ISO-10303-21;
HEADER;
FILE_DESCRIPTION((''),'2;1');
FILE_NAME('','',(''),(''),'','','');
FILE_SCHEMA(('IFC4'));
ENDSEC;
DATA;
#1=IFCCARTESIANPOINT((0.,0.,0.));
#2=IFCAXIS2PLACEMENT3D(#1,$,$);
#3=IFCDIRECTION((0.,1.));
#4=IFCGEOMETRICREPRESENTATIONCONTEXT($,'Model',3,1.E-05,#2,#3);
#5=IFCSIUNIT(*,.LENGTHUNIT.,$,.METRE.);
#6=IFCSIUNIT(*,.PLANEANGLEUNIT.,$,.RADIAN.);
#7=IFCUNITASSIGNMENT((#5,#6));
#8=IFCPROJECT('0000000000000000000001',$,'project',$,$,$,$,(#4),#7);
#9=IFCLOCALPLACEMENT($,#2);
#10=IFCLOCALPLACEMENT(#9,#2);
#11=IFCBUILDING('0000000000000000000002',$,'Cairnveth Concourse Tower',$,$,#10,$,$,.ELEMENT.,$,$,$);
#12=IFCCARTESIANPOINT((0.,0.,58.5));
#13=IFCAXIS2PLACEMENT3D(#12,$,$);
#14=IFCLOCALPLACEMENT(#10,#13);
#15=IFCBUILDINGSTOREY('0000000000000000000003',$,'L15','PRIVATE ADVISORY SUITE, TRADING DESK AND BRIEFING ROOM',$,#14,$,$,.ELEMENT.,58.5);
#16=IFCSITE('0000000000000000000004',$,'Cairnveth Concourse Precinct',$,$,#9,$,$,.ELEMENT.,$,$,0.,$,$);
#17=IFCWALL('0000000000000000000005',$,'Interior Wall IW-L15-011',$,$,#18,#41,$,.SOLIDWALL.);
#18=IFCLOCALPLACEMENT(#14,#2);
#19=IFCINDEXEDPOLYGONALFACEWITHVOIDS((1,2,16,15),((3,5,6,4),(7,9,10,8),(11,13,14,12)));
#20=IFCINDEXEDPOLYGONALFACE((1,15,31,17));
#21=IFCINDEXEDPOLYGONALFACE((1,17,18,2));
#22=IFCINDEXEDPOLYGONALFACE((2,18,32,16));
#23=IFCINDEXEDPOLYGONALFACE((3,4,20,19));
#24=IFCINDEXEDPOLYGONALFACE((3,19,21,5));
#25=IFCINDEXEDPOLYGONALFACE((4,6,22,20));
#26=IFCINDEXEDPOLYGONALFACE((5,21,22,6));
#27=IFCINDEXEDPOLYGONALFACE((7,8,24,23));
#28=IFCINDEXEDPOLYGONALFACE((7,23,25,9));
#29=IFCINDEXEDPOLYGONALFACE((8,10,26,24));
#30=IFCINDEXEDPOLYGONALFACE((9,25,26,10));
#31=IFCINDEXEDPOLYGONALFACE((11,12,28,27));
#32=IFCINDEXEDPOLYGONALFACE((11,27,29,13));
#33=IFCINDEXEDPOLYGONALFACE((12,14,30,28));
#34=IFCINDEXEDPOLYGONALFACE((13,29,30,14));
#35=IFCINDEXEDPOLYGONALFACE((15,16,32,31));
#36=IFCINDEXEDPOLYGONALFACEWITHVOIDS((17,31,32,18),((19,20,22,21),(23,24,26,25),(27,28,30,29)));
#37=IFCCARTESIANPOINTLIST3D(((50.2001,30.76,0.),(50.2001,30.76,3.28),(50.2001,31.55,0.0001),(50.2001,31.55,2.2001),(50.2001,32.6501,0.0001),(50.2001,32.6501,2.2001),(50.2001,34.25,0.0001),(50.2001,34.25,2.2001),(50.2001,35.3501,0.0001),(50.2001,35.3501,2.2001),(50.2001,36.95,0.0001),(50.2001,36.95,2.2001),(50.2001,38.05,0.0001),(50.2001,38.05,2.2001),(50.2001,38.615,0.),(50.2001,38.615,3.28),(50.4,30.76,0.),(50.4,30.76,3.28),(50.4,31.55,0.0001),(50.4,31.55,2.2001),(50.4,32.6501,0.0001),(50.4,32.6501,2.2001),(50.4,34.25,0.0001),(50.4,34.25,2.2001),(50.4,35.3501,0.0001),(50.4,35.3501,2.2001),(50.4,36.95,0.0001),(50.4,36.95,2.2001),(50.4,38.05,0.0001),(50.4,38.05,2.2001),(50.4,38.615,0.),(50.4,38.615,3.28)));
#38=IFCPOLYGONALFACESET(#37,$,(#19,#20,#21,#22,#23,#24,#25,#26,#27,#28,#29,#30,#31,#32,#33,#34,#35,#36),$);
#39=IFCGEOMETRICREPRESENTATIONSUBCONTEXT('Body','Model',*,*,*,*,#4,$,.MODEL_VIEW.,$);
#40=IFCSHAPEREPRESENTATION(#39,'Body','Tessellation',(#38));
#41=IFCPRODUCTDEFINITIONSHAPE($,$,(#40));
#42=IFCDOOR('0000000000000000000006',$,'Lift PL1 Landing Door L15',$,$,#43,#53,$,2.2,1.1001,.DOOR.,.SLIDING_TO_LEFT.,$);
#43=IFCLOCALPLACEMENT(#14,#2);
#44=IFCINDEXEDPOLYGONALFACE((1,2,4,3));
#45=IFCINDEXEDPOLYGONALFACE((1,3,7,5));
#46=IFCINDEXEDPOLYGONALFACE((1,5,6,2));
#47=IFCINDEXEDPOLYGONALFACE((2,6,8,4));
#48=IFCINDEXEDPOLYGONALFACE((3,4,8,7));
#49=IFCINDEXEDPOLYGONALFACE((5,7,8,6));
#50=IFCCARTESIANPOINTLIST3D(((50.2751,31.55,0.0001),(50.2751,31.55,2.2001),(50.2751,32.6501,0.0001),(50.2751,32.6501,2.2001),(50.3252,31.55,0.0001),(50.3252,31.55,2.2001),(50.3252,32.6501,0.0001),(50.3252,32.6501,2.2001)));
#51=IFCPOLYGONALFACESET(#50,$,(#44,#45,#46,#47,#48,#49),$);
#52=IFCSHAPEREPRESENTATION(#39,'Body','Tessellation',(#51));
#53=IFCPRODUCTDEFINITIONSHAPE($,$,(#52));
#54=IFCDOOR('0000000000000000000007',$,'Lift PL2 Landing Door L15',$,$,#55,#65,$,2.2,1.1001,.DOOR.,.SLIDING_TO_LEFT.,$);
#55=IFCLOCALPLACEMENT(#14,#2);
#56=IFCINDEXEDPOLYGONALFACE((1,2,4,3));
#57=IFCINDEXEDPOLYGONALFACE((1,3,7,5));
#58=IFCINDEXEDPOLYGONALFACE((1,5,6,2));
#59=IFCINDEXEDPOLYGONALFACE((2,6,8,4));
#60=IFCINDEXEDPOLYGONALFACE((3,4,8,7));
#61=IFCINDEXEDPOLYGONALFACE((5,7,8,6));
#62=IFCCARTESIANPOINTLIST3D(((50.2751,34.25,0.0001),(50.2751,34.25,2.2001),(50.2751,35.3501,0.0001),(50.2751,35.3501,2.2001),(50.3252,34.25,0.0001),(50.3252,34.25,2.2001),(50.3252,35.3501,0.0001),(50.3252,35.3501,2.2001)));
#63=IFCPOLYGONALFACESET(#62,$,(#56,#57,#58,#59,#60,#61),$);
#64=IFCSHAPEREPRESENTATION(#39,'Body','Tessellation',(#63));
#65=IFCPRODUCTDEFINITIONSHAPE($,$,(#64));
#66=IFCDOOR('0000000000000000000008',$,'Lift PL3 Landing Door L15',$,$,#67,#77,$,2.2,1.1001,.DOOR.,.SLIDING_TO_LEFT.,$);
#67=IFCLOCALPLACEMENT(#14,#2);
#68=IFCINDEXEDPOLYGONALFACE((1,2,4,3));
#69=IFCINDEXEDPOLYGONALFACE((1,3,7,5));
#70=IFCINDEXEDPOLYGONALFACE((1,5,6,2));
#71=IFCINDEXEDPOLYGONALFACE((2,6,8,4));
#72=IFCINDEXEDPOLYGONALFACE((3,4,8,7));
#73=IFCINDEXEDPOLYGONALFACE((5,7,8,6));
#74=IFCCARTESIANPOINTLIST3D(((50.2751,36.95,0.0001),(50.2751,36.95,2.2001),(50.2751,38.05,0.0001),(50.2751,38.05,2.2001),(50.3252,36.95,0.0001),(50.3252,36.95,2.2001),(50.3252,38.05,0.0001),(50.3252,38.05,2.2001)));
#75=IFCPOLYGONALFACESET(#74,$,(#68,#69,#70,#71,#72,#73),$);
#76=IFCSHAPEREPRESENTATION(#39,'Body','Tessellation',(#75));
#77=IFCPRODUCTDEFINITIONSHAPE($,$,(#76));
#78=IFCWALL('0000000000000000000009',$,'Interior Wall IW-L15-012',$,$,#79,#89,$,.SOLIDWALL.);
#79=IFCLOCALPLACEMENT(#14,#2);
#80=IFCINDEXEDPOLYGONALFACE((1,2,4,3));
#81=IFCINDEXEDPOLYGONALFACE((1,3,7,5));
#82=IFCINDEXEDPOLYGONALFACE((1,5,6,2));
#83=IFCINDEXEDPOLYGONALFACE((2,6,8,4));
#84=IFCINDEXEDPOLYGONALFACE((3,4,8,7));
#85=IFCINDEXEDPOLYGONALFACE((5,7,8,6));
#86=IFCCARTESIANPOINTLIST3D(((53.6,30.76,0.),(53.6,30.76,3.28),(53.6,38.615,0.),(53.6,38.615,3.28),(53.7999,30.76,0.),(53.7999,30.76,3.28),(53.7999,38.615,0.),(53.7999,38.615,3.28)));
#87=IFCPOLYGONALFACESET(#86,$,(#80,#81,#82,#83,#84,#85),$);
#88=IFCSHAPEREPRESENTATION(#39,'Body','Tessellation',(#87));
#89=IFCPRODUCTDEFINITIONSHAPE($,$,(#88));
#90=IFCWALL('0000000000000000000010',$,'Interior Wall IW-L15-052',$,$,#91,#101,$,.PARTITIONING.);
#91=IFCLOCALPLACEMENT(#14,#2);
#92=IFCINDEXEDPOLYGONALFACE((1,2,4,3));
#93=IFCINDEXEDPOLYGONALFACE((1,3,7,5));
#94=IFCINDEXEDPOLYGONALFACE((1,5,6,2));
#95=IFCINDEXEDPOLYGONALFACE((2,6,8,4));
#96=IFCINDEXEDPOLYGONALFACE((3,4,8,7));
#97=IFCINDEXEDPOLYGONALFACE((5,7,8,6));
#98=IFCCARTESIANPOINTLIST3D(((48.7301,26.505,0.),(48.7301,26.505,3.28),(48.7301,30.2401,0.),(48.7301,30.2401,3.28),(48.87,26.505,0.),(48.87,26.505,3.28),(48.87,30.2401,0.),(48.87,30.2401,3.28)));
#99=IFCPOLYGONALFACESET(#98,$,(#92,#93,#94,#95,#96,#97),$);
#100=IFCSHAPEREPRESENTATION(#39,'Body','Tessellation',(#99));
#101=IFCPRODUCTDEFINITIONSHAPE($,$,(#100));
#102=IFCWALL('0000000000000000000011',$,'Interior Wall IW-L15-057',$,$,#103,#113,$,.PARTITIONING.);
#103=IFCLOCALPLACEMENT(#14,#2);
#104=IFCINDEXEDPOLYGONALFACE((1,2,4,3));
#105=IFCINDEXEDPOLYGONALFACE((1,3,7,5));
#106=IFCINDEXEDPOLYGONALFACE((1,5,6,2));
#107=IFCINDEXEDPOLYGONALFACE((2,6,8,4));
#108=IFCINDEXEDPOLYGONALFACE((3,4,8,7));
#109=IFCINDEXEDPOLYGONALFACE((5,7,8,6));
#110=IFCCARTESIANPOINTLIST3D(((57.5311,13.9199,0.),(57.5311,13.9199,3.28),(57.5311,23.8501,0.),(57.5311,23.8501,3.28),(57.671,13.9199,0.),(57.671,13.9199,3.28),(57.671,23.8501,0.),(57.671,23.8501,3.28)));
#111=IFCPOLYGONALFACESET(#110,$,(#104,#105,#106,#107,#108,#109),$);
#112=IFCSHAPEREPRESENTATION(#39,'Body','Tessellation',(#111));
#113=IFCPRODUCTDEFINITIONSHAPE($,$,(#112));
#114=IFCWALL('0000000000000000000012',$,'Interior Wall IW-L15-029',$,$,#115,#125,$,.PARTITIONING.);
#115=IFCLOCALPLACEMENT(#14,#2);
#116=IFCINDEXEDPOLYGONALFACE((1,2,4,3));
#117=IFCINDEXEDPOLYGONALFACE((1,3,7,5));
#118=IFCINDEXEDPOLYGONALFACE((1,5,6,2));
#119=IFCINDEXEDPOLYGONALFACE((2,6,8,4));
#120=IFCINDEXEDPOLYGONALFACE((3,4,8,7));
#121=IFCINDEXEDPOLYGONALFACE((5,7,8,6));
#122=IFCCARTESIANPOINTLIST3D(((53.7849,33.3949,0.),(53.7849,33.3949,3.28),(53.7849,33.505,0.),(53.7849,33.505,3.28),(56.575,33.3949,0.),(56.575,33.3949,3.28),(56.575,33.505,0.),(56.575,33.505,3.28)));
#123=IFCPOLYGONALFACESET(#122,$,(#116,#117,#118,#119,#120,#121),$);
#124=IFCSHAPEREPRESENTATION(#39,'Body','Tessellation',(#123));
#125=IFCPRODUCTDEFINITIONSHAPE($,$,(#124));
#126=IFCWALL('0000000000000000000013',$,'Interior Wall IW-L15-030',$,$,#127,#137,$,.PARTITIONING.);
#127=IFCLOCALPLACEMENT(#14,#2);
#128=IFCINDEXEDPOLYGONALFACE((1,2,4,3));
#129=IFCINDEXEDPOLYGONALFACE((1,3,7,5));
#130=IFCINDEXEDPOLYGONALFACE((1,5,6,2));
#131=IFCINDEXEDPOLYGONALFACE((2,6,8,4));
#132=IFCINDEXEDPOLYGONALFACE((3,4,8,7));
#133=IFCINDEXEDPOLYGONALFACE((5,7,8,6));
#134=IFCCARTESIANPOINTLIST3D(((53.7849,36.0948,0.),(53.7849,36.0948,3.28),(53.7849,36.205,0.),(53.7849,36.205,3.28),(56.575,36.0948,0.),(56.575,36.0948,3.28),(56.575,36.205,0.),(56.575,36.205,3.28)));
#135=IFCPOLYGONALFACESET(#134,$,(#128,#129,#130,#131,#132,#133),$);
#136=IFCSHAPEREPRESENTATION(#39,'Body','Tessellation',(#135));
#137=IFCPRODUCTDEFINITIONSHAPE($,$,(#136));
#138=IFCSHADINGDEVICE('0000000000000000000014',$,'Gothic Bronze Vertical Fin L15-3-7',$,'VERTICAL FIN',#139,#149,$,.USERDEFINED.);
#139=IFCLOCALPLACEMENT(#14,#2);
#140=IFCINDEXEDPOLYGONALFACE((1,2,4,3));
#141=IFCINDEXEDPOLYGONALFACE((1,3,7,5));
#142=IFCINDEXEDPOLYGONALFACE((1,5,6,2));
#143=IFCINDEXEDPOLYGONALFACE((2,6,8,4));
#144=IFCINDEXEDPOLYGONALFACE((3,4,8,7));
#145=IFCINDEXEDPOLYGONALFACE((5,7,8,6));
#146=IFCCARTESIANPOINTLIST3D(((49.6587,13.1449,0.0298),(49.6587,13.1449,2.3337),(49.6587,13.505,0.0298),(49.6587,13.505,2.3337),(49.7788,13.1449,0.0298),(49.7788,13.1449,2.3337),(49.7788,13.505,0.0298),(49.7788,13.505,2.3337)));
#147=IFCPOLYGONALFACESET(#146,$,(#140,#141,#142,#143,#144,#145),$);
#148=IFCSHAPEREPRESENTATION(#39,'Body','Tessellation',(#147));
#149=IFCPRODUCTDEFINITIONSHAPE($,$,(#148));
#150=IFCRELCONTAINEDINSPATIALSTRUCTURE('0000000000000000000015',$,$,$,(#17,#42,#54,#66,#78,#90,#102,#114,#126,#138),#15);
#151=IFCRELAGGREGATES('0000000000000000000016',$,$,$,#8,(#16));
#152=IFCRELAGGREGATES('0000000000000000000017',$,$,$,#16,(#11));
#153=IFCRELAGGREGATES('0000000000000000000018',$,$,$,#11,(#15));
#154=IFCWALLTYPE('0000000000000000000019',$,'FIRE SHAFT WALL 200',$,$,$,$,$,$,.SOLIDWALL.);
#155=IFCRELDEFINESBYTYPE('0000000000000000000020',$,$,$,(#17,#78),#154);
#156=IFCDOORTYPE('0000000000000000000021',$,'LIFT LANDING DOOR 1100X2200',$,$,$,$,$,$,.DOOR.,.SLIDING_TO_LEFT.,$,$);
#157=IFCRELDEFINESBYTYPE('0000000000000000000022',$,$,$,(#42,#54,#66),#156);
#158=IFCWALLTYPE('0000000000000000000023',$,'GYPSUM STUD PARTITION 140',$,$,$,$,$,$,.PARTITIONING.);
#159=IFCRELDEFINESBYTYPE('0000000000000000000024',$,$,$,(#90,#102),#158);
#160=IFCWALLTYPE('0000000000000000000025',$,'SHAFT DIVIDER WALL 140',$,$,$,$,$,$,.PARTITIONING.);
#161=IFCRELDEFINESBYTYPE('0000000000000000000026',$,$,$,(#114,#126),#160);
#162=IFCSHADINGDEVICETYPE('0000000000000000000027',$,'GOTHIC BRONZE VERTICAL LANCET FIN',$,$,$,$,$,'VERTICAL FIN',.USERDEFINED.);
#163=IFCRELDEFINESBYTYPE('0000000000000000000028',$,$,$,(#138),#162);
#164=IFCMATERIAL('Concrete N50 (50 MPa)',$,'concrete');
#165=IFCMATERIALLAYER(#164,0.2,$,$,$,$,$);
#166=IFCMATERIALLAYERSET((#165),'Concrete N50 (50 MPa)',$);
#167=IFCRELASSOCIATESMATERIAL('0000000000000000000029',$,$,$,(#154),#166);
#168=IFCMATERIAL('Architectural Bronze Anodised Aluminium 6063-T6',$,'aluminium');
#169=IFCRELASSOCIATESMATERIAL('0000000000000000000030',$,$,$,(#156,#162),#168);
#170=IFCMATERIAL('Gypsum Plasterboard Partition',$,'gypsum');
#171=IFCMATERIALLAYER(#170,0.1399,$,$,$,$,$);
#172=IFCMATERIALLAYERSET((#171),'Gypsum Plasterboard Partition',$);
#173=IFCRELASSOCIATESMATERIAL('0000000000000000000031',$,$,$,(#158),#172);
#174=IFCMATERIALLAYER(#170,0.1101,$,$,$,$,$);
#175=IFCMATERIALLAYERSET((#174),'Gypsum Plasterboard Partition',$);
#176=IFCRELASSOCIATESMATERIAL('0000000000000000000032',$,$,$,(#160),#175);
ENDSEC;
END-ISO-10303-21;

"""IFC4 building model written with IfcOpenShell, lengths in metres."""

from ifc_helpers import new_model, si_unit, direction, frame, frame_2d, origin, origin_2d, place, context, subcontext, project, spatial, rectangle, extrude, material, layer, layer_set, type_object, element, fill, save


model = new_model("IFC4")

# Units and contexts
model_context = context("Model", 3, precision=1e-05, world=origin(), true_north=direction((0.0, 1.0)))
body_context = subcontext(model_context, "Body", "Model", "MODEL_VIEW")
ifc_project = project(units=[si_unit("LENGTHUNIT", "METRE"), si_unit("PLANEANGLEUNIT", "RADIAN")], contexts=[model_context])

# Site, building, storey
site_placement = place(None, origin())
site = spatial("IfcSite", under=ifc_project, at=site_placement, Name="Cairnveth Concourse Precinct", CompositionType="ELEMENT", RefElevation=0.0)
building_placement = place(site_placement, origin())
building = spatial("IfcBuilding", under=site, at=building_placement, Name="Cairnveth Concourse Tower", CompositionType="ELEMENT")
storey_placement = place(building_placement, frame((0.0, 0.0, 58.5)))
storey = spatial("IfcBuildingStorey", under=building, at=storey_placement, Name="L15", Description="PRIVATE ADVISORY SUITE, TRADING DESK AND BRIEFING ROOM", CompositionType="ELEMENT", Elevation=58.5)

# Shared definitions
ifc_material_1 = material(Name="Concrete N50 (50 MPa)", Category="concrete")

# Wall, openings, doors
ifc_layer_1 = layer(ifc_material_1, 0.2)
ifc_layer_set_1 = layer_set([ifc_layer_1], Name="Concrete N50 (50 MPa)")
wall_type_1 = type_object("IfcWallType", Name="FIRE SHAFT WALL 200", PredefinedType="SOLIDWALL", material=ifc_layer_set_1)
wall_1_placement = place(storey_placement, frame((50.3, 30.76, 0.0), z_axis=(0.0, 0.0, 1.0), x_axis=(0.0, 1.0, 0.0)))
wall_1 = element("IfcWall", 1, at=wall_1_placement, inside=storey, type_object=wall_type_1, Name="Interior Wall IW-L15-011", PredefinedType="SOLIDWALL", context=body_context, shape_type="SweptSolid", body=[
    extrude(rectangle(XDim=7.855, YDim=0.2, at=frame_2d((3.9275, 0.0))), origin(), (0.0, 0.0, 1.0), 3.28),
])
opening_1_placement = place(wall_1_placement, frame((0.79, 0.0, 0.0)))
opening_1 = element("IfcOpeningElement", 2, at=opening_1_placement, cuts=wall_1, PredefinedType="OPENING", context=body_context, shape_type="SweptSolid", body=[
    extrude(rectangle(XDim=1.1001, YDim=2.2, at=frame_2d((0.55, 1.1001))), frame((0.0, 0.1099, 0.0), z_axis=(0.0, -1.0, 0.0), x_axis=(1.0, 0.0, 0.0)), (0.0, 0.0, 1.0), 0.22),
])
opening_2_placement = place(wall_1_placement, frame((3.49, 0.0, 0.0)))
opening_2 = element("IfcOpeningElement", 3, at=opening_2_placement, cuts=wall_1, PredefinedType="OPENING", context=body_context, shape_type="SweptSolid", body=[
    extrude(rectangle(XDim=1.1001, YDim=2.2, at=frame_2d((0.55, 1.1001))), frame((0.0, 0.1099, 0.0), z_axis=(0.0, -1.0, 0.0), x_axis=(1.0, 0.0, 0.0)), (0.0, 0.0, 1.0), 0.22),
])
opening_3_placement = place(wall_1_placement, frame((6.1899, 0.0, 0.0)))
opening_3 = element("IfcOpeningElement", 4, at=opening_3_placement, cuts=wall_1, PredefinedType="OPENING", context=body_context, shape_type="SweptSolid", body=[
    extrude(rectangle(XDim=1.1001, YDim=2.2, at=frame_2d((0.55, 1.1001))), frame((0.0, 0.1099, 0.0), z_axis=(0.0, -1.0, 0.0), x_axis=(1.0, 0.0, 0.0)), (0.0, 0.0, 1.0), 0.22),
])
ifc_material_2 = material(Name="Architectural Bronze Anodised Aluminium 6063-T6", Category="aluminium")
door_type = type_object("IfcDoorType", Name="LIFT LANDING DOOR 1100X2200", OperationType="SLIDING_TO_LEFT", PredefinedType="DOOR", material=ifc_material_2)
door_1_placement = place(opening_1_placement, origin())
door_1 = element("IfcDoor", 5, at=door_1_placement, inside=storey, type_object=door_type, Name="Lift PL1 Landing Door L15", OperationType="SLIDING_TO_LEFT", OverallHeight=2.2, OverallWidth=1.1001, PredefinedType="DOOR", context=body_context, shape_type="SweptSolid", body=[
    extrude(rectangle(XDim=1.1001, YDim=2.2, at=frame_2d((0.55, 1.1001))), frame((0.0, 0.0249, 0.0), z_axis=(0.0, -1.0, 0.0), x_axis=(1.0, 0.0, 0.0)), (0.0, 0.0, 1.0), 0.05),
])
fill(opening_1, door_1)
door_2_placement = place(opening_2_placement, origin())
door_2 = element("IfcDoor", 6, at=door_2_placement, inside=storey, type_object=door_type, Name="Lift PL2 Landing Door L15", OperationType="SLIDING_TO_LEFT", OverallHeight=2.2, OverallWidth=1.1001, PredefinedType="DOOR", context=body_context, shape_type="SweptSolid", body=[
    extrude(rectangle(XDim=1.1001, YDim=2.2, at=frame_2d((0.55, 1.1001))), frame((0.0, 0.0249, 0.0), z_axis=(0.0, -1.0, 0.0), x_axis=(1.0, 0.0, 0.0)), (0.0, 0.0, 1.0), 0.05),
])
fill(opening_2, door_2)
door_3_placement = place(opening_3_placement, origin())
door_3 = element("IfcDoor", 7, at=door_3_placement, inside=storey, type_object=door_type, Name="Lift PL3 Landing Door L15", OperationType="SLIDING_TO_LEFT", OverallHeight=2.2, OverallWidth=1.1001, PredefinedType="DOOR", context=body_context, shape_type="SweptSolid", body=[
    extrude(rectangle(XDim=1.1001, YDim=2.2, at=frame_2d((0.55, 1.1001))), frame((0.0, 0.0249, 0.0), z_axis=(0.0, -1.0, 0.0), x_axis=(1.0, 0.0, 0.0)), (0.0, 0.0, 1.0), 0.05),
])
fill(opening_3, door_3)

# Walls
wall_2_placement = place(storey_placement, frame((53.7, 30.76, 0.0), z_axis=(0.0, 0.0, 1.0), x_axis=(0.0, 1.0, 0.0)))
element("IfcWall", 8, at=wall_2_placement, inside=storey, type_object=wall_type_1, Name="Interior Wall IW-L15-012", PredefinedType="SOLIDWALL", context=body_context, shape_type="SweptSolid", body=[
    extrude(rectangle(XDim=7.855, YDim=0.2, at=frame_2d((3.9275, 0.0))), origin(), (0.0, 0.0, 1.0), 3.28),
])
ifc_material_3 = material(Name="Gypsum Plasterboard Partition", Category="gypsum")
ifc_layer_2 = layer(ifc_material_3, 0.1399)
ifc_layer_set_2 = layer_set([ifc_layer_2], Name="Gypsum Plasterboard Partition")
wall_type_2 = type_object("IfcWallType", Name="GYPSUM STUD PARTITION 140", PredefinedType="PARTITIONING", material=ifc_layer_set_2)
wall_3_placement = place(storey_placement, frame((48.8, 26.5049, 0.0), z_axis=(0.0, 0.0, 1.0), x_axis=(0.0, 1.0, 0.0)))
element("IfcWall", 9, at=wall_3_placement, inside=storey, type_object=wall_type_2, Name="Interior Wall IW-L15-052", PredefinedType="PARTITIONING", context=body_context, shape_type="SweptSolid", body=[
    extrude(rectangle(XDim=3.7351, YDim=0.1399, at=frame_2d((1.8677, 0.0))), origin(), (0.0, 0.0, 1.0), 3.28),
])
wall_4_placement = place(storey_placement, frame((57.6011, 13.9199, 0.0), z_axis=(0.0, 0.0, 1.0), x_axis=(0.0, 1.0, 0.0)))
element("IfcWall", 10, at=wall_4_placement, inside=storey, type_object=wall_type_2, Name="Interior Wall IW-L15-057", PredefinedType="PARTITIONING", context=body_context, shape_type="SweptSolid", body=[
    extrude(rectangle(XDim=9.9302, YDim=0.1399, at=frame_2d((4.9651, 0.0))), origin(), (0.0, 0.0, 1.0), 3.28),
])
ifc_layer_3 = layer(ifc_material_3, 0.1101)
ifc_layer_set_3 = layer_set([ifc_layer_3], Name="Gypsum Plasterboard Partition")
wall_type_3 = type_object("IfcWallType", Name="SHAFT DIVIDER WALL 140", PredefinedType="PARTITIONING", material=ifc_layer_set_3)
for number, where, z_axis, x_axis, name in (
    (11, (53.7849, 33.45, 0.0), (0.0, 0.0, 1.0), (1.0, 0.0, 0.0), "Interior Wall IW-L15-029"),
    (12, (53.7849, 36.1499, 0.0), (0.0, 0.0, 1.0), (1.0, 0.0, 0.0), "Interior Wall IW-L15-030"),
):
    element("IfcWall", number, at=place(storey_placement, frame(where, z_axis=z_axis, x_axis=x_axis)), inside=storey, type_object=wall_type_3, Name=name, PredefinedType="PARTITIONING", context=body_context, shape_type="SweptSolid", body=[
        extrude(rectangle(XDim=2.79, YDim=0.1101, at=frame_2d((1.395, 0.0))), origin(), (0.0, 0.0, 1.0), 3.28),
    ])

# Shading device
shading_device_type = type_object("IfcShadingDeviceType", Name="GOTHIC BRONZE VERTICAL LANCET FIN", ElementType="VERTICAL FIN", PredefinedType="USERDEFINED", material=ifc_material_2)
shading_device_placement = place(storey_placement, frame((49.7188, 13.325, 0.0298), z_axis=(0.0, 0.0, 1.0), x_axis=(1.0, 0.0, 0.0)))
element("IfcShadingDevice", 13, at=shading_device_placement, inside=storey, type_object=shading_device_type, Name="Gothic Bronze Vertical Fin L15-3-7", ObjectType="VERTICAL FIN", PredefinedType="USERDEFINED", context=body_context, shape_type="SweptSolid", body=[
    extrude(rectangle(XDim=0.1201, YDim=0.3601, at=origin_2d()), origin(), (0.0, 0.0, 1.0), 2.304),
])

save(model, "model.ifc")
